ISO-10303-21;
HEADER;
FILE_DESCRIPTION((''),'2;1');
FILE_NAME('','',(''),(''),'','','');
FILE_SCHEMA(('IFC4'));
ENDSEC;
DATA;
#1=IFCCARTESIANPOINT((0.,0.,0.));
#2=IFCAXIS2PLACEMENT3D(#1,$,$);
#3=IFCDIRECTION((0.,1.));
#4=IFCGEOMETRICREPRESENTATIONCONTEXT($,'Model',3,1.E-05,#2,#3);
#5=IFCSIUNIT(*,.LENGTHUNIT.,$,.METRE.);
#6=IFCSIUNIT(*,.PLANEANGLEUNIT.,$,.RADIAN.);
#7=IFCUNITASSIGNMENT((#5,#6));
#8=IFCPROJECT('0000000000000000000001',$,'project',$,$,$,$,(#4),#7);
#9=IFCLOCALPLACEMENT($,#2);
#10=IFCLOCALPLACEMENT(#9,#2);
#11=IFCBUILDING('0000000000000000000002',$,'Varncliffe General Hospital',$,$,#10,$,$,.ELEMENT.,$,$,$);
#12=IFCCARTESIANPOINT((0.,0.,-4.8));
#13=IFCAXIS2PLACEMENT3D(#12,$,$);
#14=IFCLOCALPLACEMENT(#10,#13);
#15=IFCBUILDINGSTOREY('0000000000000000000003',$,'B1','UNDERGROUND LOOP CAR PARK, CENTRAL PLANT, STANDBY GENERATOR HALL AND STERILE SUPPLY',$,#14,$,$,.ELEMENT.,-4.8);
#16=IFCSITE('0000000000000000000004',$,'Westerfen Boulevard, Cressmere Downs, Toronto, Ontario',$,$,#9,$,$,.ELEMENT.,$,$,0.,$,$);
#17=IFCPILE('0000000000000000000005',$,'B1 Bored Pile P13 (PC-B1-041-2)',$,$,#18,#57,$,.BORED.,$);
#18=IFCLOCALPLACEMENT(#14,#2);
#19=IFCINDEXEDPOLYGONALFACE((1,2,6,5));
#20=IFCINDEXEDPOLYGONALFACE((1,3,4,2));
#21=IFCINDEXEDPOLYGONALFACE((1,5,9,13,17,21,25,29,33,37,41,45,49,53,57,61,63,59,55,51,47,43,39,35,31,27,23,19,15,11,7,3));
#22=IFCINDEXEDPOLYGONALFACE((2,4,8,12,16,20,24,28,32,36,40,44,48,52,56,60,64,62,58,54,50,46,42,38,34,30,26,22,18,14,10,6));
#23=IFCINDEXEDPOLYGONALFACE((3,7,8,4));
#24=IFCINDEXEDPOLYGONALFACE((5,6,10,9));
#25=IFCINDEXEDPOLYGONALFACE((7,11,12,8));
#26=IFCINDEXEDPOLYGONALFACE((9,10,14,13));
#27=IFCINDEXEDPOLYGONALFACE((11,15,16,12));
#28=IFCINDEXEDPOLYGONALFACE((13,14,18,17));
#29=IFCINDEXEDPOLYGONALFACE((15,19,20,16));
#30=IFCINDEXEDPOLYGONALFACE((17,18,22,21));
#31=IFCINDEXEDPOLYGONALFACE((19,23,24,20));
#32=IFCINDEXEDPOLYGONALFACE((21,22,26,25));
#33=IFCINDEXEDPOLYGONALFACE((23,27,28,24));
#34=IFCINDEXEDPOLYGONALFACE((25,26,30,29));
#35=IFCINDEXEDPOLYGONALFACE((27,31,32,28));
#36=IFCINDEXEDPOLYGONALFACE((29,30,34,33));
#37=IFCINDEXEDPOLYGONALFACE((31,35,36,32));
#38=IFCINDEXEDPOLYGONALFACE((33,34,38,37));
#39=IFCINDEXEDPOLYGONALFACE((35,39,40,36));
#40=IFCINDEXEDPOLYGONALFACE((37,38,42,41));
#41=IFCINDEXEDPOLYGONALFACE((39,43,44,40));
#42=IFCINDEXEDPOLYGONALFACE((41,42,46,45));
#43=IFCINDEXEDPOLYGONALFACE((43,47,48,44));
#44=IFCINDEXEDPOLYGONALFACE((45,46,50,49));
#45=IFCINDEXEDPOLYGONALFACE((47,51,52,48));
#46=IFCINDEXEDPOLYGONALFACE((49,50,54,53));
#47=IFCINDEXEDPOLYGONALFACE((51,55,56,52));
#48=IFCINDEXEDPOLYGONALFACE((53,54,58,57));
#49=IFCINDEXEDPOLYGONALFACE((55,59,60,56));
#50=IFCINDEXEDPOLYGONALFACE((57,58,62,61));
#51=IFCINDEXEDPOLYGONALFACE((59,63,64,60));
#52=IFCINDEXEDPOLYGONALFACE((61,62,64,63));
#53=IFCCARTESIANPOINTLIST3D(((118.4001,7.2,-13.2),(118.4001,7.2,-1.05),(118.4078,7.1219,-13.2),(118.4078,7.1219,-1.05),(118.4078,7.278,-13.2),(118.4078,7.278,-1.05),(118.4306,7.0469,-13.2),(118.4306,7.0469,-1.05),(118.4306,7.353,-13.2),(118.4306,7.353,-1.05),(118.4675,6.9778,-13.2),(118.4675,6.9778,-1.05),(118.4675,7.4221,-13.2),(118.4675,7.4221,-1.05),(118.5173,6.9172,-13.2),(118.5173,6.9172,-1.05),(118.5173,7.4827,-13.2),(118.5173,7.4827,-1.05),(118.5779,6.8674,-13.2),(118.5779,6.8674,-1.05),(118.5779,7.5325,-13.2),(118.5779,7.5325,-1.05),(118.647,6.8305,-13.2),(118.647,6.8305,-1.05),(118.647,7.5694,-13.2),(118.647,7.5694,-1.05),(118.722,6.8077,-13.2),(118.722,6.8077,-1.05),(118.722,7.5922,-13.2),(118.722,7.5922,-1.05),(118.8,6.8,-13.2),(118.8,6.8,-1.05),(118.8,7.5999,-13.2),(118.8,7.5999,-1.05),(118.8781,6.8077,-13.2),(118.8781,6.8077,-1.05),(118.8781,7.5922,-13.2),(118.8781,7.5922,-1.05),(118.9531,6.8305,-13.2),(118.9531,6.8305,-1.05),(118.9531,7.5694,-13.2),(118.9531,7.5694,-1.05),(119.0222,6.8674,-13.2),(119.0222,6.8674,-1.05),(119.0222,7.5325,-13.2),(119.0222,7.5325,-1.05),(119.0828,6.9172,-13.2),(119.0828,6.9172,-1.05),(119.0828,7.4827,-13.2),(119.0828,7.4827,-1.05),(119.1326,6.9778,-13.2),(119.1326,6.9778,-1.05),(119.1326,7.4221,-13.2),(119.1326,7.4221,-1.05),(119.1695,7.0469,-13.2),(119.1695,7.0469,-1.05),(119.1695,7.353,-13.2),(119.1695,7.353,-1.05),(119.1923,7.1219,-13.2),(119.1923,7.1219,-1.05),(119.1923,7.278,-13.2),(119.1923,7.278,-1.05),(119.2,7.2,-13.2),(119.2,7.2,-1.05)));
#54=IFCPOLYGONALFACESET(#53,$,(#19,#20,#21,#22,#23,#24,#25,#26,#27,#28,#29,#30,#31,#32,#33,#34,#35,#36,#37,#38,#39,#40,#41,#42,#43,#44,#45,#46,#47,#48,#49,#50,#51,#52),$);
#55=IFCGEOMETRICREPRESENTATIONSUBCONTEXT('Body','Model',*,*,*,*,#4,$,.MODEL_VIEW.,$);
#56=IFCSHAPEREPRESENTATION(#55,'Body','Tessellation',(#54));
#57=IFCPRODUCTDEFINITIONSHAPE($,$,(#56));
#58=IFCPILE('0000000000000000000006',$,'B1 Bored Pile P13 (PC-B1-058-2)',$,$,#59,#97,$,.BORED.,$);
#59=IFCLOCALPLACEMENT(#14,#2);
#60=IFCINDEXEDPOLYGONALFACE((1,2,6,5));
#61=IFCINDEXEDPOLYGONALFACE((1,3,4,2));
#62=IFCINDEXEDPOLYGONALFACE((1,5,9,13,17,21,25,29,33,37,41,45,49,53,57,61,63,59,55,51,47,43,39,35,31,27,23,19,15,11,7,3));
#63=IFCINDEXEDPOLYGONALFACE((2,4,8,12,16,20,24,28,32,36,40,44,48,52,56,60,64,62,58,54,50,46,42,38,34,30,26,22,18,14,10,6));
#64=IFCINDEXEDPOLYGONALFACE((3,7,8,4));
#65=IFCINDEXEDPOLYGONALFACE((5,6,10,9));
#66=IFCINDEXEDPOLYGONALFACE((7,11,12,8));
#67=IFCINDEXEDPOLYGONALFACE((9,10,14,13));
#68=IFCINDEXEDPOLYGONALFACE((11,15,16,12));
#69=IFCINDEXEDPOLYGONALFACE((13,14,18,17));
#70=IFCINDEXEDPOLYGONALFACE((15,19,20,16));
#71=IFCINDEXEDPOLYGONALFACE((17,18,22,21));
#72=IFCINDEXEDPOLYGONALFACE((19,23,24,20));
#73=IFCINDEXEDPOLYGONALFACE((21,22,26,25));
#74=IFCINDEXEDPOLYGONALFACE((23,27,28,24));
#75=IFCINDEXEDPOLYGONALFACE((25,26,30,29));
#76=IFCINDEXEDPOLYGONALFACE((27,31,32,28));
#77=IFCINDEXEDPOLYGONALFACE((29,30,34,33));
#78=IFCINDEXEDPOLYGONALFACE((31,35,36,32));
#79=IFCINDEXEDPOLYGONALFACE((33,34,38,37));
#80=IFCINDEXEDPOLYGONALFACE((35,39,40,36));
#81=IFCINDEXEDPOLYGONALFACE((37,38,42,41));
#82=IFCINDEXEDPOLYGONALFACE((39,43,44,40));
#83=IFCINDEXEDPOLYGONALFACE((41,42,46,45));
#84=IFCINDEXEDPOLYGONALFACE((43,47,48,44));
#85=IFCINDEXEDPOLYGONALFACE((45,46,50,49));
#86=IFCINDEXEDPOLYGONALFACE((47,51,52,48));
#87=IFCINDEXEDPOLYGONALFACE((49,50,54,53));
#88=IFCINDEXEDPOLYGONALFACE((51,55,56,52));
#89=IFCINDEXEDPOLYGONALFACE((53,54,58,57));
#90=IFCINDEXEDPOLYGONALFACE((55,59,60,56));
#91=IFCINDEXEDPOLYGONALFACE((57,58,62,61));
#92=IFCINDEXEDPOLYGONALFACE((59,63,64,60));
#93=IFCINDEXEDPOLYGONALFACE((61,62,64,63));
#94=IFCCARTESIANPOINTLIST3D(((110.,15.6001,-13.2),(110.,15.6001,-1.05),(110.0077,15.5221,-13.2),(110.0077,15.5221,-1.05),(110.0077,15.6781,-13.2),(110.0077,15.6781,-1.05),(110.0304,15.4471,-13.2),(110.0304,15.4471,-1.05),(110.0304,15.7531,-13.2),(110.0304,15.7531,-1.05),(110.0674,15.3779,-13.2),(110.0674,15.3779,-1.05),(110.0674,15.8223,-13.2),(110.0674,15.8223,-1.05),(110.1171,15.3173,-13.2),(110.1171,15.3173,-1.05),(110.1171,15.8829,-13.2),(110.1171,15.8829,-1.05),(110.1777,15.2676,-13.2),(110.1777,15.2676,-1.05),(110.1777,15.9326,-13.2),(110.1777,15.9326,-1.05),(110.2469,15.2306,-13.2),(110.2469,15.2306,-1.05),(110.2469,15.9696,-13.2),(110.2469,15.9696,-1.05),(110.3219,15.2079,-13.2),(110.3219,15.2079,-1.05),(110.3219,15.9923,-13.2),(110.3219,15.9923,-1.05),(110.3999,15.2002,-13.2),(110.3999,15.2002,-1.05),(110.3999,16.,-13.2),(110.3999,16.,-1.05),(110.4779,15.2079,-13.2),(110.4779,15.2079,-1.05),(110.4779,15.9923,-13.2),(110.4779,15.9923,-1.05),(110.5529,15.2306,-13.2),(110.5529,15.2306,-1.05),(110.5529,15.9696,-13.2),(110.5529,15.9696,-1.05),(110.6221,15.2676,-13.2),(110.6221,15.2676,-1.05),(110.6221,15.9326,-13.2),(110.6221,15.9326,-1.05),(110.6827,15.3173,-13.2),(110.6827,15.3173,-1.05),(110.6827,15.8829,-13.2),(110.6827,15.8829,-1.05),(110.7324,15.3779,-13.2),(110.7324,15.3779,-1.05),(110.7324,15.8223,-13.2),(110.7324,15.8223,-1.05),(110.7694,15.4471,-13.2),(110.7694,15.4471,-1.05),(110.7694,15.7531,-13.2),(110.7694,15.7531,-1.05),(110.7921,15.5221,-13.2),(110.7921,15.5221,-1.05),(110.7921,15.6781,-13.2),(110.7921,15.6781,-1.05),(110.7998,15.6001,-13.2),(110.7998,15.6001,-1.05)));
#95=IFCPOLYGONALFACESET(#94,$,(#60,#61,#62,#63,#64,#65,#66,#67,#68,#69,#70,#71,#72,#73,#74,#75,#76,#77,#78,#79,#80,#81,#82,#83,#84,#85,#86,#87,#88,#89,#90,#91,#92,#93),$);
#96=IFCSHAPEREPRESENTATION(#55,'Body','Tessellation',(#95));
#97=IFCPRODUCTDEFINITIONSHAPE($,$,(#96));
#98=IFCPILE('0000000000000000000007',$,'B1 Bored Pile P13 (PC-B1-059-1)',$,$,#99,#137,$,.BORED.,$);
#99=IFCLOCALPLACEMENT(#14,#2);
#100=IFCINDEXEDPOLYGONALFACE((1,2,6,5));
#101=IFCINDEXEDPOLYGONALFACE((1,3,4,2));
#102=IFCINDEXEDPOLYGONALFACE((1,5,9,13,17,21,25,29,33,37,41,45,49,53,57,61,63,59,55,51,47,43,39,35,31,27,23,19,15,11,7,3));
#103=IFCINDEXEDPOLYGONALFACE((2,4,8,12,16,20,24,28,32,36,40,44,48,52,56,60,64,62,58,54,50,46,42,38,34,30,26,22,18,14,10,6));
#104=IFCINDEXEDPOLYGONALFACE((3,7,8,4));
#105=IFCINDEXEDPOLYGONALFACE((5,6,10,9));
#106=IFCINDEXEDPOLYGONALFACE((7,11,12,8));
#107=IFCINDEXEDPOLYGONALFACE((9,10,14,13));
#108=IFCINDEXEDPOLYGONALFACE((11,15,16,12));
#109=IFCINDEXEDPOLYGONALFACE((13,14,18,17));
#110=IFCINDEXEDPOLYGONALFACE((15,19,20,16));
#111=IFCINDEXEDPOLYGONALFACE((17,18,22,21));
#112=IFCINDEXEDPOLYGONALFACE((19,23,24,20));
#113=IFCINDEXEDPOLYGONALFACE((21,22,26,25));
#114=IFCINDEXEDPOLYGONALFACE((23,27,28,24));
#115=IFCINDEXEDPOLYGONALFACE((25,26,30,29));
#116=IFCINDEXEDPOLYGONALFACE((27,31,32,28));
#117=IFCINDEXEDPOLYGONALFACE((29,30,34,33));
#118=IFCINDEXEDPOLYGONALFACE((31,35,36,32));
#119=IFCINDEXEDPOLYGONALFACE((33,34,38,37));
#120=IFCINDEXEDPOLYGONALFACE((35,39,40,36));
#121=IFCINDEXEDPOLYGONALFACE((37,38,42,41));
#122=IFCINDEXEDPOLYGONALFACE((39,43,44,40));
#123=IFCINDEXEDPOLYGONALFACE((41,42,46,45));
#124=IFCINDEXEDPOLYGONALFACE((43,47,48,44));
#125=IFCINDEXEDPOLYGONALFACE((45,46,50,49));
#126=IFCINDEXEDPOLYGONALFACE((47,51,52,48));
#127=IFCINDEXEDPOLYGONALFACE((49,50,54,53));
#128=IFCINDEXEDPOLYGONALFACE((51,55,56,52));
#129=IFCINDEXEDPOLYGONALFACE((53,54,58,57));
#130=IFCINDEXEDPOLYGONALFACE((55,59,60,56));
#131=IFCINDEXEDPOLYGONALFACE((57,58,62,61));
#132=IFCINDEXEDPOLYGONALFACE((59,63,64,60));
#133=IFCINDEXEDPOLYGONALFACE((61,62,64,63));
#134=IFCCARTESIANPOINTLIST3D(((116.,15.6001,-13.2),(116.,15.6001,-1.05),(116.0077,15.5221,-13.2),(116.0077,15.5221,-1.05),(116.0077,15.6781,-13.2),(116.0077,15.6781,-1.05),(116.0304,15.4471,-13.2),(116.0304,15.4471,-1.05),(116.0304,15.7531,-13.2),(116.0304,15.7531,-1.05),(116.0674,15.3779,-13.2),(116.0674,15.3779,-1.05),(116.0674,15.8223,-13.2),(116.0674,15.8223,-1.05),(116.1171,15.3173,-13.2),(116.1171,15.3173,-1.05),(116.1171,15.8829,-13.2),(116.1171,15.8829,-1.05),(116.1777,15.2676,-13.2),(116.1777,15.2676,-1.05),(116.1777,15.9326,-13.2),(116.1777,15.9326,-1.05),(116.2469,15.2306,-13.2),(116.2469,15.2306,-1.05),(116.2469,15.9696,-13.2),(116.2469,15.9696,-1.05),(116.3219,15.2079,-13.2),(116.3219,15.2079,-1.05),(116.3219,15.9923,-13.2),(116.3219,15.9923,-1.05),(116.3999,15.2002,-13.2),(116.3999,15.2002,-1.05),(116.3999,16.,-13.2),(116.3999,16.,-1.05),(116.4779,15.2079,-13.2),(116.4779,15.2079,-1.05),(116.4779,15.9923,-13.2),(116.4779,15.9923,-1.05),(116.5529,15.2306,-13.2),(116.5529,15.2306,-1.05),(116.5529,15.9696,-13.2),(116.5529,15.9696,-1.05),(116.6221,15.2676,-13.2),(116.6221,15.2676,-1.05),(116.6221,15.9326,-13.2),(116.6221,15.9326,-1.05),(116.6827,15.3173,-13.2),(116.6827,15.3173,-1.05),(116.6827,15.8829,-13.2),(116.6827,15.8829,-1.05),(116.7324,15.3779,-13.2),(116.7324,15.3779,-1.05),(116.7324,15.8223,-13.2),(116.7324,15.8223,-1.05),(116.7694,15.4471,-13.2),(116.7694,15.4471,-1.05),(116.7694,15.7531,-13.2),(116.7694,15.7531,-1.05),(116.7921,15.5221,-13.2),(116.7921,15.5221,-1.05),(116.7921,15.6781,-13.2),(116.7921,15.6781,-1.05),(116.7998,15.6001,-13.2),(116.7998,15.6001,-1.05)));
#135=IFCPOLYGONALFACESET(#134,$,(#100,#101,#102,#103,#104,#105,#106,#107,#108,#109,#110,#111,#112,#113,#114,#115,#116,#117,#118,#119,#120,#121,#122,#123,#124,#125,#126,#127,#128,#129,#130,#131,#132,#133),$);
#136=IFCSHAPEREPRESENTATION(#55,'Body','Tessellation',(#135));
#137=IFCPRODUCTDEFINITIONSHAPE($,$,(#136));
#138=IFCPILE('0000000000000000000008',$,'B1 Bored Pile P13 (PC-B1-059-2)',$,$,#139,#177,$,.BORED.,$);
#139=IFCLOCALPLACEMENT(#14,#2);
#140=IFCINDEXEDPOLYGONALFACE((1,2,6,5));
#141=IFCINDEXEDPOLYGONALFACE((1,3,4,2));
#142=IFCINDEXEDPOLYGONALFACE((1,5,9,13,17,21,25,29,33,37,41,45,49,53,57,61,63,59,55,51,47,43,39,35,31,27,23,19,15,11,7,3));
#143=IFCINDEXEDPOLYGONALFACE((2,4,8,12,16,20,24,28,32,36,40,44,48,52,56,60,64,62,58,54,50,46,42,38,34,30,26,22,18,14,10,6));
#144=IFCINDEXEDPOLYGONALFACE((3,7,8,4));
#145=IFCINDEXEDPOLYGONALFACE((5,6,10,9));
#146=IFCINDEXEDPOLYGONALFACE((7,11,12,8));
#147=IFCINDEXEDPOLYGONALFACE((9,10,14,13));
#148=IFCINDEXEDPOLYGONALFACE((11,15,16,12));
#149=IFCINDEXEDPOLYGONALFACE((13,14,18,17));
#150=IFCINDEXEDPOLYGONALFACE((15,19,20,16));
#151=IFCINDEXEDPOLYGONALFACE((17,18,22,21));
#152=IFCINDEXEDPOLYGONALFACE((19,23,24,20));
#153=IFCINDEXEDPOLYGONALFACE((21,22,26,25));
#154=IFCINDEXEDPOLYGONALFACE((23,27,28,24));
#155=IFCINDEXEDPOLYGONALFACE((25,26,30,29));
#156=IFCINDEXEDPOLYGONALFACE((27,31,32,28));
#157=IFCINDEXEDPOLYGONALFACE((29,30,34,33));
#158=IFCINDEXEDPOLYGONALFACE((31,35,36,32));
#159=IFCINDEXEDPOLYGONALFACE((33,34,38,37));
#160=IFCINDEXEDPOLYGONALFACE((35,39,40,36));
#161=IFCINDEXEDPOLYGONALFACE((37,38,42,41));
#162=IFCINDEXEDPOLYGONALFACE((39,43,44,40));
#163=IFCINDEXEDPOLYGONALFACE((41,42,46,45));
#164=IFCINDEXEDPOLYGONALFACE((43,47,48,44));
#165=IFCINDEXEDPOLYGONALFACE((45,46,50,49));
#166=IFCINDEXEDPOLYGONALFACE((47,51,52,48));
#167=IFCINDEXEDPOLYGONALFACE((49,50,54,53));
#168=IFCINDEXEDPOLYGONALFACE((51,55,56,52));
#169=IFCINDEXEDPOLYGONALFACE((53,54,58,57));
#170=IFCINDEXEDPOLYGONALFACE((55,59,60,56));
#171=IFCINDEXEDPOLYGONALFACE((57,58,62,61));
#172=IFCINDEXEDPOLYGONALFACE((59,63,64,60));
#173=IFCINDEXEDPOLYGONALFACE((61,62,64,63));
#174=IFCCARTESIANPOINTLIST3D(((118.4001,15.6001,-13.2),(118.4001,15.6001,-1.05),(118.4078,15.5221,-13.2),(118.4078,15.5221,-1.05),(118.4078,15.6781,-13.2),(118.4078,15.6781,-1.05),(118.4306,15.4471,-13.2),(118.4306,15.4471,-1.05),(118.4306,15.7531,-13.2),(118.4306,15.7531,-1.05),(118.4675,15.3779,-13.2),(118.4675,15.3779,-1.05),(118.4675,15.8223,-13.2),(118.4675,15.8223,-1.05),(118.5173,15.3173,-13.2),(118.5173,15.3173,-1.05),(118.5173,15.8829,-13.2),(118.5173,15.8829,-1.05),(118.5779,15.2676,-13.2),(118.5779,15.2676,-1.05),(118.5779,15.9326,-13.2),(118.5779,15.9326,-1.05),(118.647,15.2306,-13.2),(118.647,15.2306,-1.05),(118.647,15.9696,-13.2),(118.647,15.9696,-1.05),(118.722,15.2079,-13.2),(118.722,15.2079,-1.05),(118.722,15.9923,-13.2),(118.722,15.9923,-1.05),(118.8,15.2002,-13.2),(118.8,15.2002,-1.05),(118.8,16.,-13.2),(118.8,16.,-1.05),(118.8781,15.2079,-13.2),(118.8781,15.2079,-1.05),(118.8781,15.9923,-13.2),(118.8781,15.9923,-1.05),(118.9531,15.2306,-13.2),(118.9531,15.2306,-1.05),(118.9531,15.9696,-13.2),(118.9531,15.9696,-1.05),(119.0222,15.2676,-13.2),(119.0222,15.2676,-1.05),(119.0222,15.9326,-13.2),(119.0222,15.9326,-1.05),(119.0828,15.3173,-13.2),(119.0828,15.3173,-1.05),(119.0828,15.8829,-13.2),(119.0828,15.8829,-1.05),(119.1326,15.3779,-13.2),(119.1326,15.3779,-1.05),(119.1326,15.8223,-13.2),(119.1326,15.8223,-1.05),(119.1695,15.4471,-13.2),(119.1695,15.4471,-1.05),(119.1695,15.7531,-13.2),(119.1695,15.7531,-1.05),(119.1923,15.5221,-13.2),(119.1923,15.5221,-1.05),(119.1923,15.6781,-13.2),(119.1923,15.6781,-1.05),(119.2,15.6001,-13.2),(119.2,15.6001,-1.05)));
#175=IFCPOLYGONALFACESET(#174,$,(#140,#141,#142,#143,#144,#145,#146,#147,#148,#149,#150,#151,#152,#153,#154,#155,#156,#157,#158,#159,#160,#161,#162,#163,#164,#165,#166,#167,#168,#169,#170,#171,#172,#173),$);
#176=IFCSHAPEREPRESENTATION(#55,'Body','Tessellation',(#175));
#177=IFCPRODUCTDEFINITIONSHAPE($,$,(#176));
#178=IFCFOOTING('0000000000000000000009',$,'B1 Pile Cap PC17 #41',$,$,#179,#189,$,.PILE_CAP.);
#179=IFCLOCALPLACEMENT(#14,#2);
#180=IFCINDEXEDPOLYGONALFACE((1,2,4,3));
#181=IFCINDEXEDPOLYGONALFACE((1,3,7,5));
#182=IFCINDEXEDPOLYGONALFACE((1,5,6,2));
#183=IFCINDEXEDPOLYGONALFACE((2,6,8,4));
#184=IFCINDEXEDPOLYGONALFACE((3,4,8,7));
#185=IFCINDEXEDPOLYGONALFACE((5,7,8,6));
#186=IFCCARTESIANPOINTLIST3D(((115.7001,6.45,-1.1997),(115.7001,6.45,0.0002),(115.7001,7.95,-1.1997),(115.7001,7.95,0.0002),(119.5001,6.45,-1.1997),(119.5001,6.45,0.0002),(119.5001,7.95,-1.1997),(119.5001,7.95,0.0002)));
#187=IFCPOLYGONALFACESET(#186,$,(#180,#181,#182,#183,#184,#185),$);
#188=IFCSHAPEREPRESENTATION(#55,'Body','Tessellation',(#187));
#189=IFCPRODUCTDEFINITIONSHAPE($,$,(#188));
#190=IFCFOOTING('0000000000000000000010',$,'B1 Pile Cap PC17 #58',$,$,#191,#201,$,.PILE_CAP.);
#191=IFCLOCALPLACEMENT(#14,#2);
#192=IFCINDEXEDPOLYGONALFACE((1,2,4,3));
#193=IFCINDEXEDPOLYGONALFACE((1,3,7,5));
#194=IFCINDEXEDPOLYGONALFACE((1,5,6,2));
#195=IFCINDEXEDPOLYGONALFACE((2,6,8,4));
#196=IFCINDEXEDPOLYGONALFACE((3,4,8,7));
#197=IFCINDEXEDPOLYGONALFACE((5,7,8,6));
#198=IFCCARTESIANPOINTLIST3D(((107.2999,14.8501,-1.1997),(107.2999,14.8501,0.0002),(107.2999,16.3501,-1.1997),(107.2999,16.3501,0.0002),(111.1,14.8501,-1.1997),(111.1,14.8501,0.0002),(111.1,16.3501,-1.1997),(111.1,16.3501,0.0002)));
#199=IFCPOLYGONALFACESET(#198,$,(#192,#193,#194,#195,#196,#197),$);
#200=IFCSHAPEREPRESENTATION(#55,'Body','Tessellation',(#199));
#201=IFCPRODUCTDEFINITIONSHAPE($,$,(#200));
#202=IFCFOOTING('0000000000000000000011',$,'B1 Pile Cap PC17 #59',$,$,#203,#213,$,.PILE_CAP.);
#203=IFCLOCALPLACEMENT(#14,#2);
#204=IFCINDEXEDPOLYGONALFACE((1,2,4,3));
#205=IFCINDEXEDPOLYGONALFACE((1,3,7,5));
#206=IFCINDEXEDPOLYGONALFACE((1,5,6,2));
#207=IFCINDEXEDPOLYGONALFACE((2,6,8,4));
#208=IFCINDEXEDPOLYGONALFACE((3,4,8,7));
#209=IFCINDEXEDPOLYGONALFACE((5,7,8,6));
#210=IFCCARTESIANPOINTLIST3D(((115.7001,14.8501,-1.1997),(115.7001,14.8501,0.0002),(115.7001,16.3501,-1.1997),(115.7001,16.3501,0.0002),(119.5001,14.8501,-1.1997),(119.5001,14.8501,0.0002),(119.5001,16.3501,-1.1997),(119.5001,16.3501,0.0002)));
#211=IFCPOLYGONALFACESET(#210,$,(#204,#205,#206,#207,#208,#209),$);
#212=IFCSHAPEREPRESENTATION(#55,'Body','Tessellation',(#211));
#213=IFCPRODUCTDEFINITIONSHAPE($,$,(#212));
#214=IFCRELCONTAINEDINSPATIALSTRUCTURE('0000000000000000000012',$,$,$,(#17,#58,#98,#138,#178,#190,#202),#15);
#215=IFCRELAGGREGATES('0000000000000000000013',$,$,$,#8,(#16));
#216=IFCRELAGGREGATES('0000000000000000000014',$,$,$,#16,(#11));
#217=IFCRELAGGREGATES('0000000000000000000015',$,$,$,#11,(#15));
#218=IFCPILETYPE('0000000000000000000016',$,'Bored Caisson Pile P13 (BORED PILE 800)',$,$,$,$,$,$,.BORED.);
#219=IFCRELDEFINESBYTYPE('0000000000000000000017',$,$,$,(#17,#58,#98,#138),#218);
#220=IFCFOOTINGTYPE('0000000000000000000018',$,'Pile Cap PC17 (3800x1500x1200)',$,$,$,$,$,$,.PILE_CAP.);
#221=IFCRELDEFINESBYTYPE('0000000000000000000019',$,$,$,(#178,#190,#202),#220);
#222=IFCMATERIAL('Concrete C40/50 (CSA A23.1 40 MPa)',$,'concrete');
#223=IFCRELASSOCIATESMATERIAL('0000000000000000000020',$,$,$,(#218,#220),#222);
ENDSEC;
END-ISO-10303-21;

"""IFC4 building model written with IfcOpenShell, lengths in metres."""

from ifc_helpers import new_model, si_unit, direction, frame, origin, origin_2d, place, context, subcontext, project, spatial, rectangle, circle, extrude, material, material_profile, profile_set, type_object, element, save


model = new_model("IFC4")

# Units and contexts
model_context = context("Model", 3, precision=1e-05, world=origin(), true_north=direction((0.0, 1.0)))
body_context = subcontext(model_context, "Body", "Model", "MODEL_VIEW")
ifc_project = project(units=[si_unit("LENGTHUNIT", "METRE"), si_unit("PLANEANGLEUNIT", "RADIAN")], contexts=[model_context])

# Site, building, storey
site_placement = place(None, origin())
site = spatial("IfcSite", under=ifc_project, at=site_placement, Name="Westerfen Boulevard, Cressmere Downs, Toronto, Ontario", CompositionType="ELEMENT", RefElevation=0.0)
building_placement = place(site_placement, origin())
building = spatial("IfcBuilding", under=site, at=building_placement, Name="Varncliffe General Hospital", CompositionType="ELEMENT")
storey_placement = place(building_placement, frame((0.0, 0.0, -4.8)))
storey = spatial("IfcBuildingStorey", under=building, at=storey_placement, Name="B1", Description="UNDERGROUND LOOP CAR PARK, CENTRAL PLANT, STANDBY GENERATOR HALL AND STERILE SUPPLY", CompositionType="ELEMENT", Elevation=-4.8)

# Piles
ifc_material_1 = material(Name="Concrete C40/50 (CSA A23.1 40 MPa)", Category="concrete")
ifc_material_profile_1 = material_profile(ifc_material_1, circle(Radius=0.3999, at=origin_2d()), Name="BORED PILE 800")
ifc_profile_set_1 = profile_set([ifc_material_profile_1], Name="Concrete C40/50 (CSA A23.1 40 MPa)")
pile_type = type_object("IfcPileType", Name="Bored Caisson Pile P13 (BORED PILE 800)", PredefinedType="BORED", material=ifc_profile_set_1)
for number, where, z_axis, x_axis, name in (
    (1, (118.8, 7.2, -1.05), (0.0, 0.0, -1.0), (1.0, 0.0, 0.0), "B1 Bored Pile P13 (PC-B1-041-2)"),
    (2, (110.3999, 15.6001, -1.05), (0.0, 0.0, -1.0), (1.0, 0.0, 0.0), "B1 Bored Pile P13 (PC-B1-058-2)"),
    (3, (116.3999, 15.6001, -1.05), (0.0, 0.0, -1.0), (1.0, 0.0, 0.0), "B1 Bored Pile P13 (PC-B1-059-1)"),
    (4, (118.8, 15.6001, -1.05), (0.0, 0.0, -1.0), (1.0, 0.0, 0.0), "B1 Bored Pile P13 (PC-B1-059-2)"),
):
    element("IfcPile", number, at=place(storey_placement, frame(where, z_axis=z_axis, x_axis=x_axis)), inside=storey, type_object=pile_type, Name=name, PredefinedType="BORED", context=body_context, shape_type="SweptSolid", body=[
        extrude(circle(Radius=0.3999, at=origin_2d()), origin(), (0.0, 0.0, 1.0), 12.1499),
    ])

# Footings
footing_type_1 = type_object("IfcFootingType", Name="Pile Cap PC17 (3800x1500x1200)", PredefinedType="PILE_CAP", material=ifc_material_1)
for number, where, z_axis, x_axis, name in (
    (5, (117.6001, 7.2, -1.1997), (0.0, 0.0, 1.0), (1.0, 0.0, 0.0), "B1 Pile Cap PC17 #41"),
    (6, (109.2, 15.6001, -1.1997), (0.0, 0.0, 1.0), (1.0, 0.0, 0.0), "B1 Pile Cap PC17 #58"),
    (7, (117.6001, 15.6001, -1.1997), (0.0, 0.0, 1.0), (1.0, 0.0, 0.0), "B1 Pile Cap PC17 #59"),
):
    element("IfcFooting", number, at=place(storey_placement, frame(where, z_axis=z_axis, x_axis=x_axis)), inside=storey, type_object=footing_type_1, Name=name, PredefinedType="PILE_CAP", context=body_context, shape_type="SweptSolid", body=[
        extrude(rectangle(XDim=3.8, YDim=1.5, at=origin_2d()), origin(), (0.0, 0.0, 1.0), 1.2),
    ])

save(model, "model.ifc")
